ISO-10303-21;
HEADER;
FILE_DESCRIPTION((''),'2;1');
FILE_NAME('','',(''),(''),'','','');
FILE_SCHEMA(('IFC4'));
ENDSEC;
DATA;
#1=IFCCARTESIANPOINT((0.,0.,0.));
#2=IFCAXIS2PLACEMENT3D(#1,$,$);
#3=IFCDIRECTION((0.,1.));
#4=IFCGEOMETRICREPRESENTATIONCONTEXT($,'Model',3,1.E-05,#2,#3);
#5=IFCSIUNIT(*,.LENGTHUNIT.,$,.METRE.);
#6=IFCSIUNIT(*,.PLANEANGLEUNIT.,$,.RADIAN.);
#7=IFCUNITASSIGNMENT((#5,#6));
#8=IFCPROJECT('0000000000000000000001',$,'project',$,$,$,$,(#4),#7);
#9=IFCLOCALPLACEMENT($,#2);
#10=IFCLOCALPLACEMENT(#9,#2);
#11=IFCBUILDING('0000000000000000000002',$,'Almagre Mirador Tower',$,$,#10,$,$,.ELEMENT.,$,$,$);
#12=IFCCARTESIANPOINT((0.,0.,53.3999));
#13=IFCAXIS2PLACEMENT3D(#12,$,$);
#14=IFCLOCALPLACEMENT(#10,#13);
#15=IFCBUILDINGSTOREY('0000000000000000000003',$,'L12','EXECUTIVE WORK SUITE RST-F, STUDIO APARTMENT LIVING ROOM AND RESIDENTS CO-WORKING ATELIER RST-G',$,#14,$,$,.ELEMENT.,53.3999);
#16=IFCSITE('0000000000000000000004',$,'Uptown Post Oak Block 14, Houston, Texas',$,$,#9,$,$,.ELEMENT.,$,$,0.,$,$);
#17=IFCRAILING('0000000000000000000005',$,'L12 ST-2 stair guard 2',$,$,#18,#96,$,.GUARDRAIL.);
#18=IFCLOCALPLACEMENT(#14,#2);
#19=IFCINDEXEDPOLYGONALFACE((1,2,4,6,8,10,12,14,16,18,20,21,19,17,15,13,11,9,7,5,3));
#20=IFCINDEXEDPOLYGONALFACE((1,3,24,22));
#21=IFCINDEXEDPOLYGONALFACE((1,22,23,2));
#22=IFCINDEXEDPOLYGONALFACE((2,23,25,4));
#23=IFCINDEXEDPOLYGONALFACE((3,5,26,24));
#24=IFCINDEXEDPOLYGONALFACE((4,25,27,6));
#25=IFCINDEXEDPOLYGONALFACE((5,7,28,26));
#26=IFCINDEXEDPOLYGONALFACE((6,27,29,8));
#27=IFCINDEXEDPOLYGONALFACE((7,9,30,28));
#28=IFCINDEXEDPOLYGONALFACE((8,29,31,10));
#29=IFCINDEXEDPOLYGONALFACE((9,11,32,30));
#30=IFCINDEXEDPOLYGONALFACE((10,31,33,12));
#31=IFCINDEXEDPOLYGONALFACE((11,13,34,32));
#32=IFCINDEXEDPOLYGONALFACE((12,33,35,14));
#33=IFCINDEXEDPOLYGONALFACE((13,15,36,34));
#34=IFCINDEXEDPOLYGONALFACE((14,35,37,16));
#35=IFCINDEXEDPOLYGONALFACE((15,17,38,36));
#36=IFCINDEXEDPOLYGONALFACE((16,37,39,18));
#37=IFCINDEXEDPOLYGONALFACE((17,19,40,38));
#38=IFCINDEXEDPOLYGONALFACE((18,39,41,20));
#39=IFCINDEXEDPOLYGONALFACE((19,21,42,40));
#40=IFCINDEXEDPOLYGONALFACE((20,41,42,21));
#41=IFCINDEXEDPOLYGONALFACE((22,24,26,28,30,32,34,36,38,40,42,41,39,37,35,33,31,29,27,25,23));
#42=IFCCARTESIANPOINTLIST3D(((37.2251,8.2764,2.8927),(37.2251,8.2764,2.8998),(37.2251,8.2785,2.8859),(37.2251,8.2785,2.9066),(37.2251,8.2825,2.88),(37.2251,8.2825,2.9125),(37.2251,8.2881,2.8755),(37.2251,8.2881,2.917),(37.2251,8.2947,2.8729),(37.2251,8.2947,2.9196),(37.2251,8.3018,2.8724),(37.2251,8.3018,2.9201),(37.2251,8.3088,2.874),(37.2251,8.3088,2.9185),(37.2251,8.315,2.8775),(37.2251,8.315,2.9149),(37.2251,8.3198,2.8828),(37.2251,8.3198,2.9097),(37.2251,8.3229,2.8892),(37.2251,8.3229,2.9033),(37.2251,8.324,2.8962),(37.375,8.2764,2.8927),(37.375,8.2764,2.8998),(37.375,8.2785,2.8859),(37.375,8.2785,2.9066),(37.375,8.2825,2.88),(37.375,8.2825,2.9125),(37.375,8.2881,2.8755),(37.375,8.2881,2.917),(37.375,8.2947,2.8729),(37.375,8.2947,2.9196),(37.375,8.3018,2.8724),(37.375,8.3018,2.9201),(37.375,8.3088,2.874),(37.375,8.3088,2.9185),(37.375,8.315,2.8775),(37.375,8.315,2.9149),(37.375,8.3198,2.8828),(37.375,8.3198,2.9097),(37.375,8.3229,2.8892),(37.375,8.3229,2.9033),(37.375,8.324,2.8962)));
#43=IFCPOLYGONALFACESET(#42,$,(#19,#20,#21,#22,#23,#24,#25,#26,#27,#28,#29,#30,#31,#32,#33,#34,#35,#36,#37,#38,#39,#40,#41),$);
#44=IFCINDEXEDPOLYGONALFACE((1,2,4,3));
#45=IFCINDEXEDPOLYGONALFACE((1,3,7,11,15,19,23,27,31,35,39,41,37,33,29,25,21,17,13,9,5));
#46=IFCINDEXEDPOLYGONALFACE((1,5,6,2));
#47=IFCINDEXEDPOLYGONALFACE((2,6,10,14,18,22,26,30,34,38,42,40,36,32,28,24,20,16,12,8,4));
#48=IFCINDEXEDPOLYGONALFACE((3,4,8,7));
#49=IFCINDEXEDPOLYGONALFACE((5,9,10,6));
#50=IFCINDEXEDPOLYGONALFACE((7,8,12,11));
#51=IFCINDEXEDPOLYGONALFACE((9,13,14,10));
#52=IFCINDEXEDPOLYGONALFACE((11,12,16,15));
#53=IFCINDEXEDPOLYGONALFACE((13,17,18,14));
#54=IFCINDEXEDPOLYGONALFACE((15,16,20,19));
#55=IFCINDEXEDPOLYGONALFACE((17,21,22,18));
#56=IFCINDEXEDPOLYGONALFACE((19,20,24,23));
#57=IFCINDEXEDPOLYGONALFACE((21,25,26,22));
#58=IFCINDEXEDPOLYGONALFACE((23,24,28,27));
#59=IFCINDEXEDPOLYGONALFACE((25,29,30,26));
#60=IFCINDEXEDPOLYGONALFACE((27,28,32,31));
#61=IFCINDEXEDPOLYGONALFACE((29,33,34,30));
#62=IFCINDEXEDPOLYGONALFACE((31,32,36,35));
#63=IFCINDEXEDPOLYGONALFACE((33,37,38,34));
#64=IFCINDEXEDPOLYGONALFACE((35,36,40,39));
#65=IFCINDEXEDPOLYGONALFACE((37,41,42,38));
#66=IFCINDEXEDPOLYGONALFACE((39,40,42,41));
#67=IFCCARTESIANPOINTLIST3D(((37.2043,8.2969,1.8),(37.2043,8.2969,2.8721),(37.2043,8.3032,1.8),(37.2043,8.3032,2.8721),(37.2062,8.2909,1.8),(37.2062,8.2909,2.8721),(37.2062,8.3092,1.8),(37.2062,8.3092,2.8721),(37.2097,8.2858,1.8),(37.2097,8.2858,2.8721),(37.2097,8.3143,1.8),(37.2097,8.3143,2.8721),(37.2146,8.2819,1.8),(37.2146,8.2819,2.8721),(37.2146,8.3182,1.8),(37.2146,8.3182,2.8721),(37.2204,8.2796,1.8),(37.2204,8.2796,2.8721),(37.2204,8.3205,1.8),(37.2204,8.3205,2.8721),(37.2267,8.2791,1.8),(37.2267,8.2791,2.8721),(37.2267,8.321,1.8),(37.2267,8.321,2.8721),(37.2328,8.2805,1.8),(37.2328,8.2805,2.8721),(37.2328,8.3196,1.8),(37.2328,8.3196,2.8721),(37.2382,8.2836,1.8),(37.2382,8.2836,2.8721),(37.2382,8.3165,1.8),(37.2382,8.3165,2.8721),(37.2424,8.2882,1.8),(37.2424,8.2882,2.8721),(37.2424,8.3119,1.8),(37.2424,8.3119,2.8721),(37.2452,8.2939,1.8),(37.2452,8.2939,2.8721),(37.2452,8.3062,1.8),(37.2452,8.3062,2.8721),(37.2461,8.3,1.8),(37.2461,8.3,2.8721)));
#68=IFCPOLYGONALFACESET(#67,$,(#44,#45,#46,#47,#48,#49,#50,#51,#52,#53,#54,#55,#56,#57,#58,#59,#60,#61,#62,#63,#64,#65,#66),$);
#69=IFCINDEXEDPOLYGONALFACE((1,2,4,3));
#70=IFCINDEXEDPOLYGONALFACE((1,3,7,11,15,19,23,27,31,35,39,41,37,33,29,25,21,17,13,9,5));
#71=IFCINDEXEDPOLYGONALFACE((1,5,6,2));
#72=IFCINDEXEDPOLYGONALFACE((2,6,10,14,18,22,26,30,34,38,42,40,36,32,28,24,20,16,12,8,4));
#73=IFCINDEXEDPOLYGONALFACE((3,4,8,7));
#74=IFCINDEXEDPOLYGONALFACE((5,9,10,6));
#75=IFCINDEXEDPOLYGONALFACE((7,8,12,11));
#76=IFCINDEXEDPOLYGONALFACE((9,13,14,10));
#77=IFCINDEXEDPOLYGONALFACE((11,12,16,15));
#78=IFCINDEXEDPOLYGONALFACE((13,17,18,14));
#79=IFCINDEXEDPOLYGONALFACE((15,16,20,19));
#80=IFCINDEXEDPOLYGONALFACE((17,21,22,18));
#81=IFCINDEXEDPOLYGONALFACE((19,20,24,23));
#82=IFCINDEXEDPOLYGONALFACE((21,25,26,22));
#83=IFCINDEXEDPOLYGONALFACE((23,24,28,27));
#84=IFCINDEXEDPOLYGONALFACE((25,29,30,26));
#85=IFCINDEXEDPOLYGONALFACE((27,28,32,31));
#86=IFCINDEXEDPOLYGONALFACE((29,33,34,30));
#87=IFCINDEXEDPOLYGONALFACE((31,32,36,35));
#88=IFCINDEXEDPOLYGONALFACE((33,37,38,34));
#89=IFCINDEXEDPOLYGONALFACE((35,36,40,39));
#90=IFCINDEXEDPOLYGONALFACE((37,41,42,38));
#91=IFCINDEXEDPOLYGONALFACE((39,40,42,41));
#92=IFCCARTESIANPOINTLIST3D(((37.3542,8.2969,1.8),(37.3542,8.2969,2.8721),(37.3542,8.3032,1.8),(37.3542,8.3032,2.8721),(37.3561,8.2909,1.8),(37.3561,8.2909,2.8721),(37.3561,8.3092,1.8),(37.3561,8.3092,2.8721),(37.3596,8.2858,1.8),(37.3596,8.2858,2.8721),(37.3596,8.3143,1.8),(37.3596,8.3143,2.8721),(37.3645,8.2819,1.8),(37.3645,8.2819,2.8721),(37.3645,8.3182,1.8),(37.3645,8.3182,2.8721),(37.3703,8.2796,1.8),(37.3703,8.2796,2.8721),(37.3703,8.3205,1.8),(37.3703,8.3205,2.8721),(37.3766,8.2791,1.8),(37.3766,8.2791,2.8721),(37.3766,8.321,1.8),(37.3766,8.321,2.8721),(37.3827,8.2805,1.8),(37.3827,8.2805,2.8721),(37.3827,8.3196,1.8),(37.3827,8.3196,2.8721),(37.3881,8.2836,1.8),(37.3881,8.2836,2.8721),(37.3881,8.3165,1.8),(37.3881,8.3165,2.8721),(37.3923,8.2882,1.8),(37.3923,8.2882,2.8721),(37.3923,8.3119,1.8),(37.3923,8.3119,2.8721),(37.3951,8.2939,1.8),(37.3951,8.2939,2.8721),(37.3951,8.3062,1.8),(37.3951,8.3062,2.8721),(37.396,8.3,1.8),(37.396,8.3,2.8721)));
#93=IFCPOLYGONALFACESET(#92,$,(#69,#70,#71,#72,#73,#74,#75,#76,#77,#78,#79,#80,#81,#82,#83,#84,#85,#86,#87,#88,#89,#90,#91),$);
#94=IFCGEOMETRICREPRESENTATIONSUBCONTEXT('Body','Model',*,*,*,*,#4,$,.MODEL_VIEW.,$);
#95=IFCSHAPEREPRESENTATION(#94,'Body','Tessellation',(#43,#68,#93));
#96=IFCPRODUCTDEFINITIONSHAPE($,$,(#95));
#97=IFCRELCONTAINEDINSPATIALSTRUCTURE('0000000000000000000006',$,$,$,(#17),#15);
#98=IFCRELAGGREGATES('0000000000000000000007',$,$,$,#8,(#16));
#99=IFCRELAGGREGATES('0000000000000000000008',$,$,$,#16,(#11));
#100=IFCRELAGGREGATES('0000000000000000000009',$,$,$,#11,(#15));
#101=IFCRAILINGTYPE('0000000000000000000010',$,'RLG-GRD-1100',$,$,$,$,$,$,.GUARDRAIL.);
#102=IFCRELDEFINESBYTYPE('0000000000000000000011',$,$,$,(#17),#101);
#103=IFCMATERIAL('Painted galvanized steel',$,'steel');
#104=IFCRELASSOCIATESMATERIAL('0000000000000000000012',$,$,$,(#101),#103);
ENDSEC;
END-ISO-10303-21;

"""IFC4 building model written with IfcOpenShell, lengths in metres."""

from ifc_helpers import new_model, si_unit, direction, frame, origin, origin_2d, place, context, subcontext, project, spatial, circle, extrude, material, type_object, element, save


model = new_model("IFC4")

# Units and contexts
model_context = context("Model", 3, precision=1e-05, world=origin(), true_north=direction((0.0, 1.0)))
body_context = subcontext(model_context, "Body", "Model", "MODEL_VIEW")
ifc_project = project(units=[si_unit("LENGTHUNIT", "METRE"), si_unit("PLANEANGLEUNIT", "RADIAN")], contexts=[model_context])

# Site, building, storey
site_placement = place(None, origin())
site = spatial("IfcSite", under=ifc_project, at=site_placement, Name="Uptown Post Oak Block 14, Houston, Texas", CompositionType="ELEMENT", RefElevation=0.0)
building_placement = place(site_placement, origin())
building = spatial("IfcBuilding", under=site, at=building_placement, Name="Almagre Mirador Tower", CompositionType="ELEMENT")
storey_placement = place(building_placement, frame((0.0, 0.0, 53.3999)))
storey = spatial("IfcBuildingStorey", under=building, at=storey_placement, Name="L12", Description="EXECUTIVE WORK SUITE RST-F, STUDIO APARTMENT LIVING ROOM AND RESIDENTS CO-WORKING ATELIER RST-G", CompositionType="ELEMENT", Elevation=53.3999)

# Railing
ifc_material_1 = material(Name="Painted galvanized steel", Category="steel")
railing_type_1 = type_object("IfcRailingType", Name="RLG-GRD-1100", PredefinedType="GUARDRAIL", material=ifc_material_1)
railing_1_placement = place(storey_placement, frame((37.2251, 8.3, 1.8)))
element("IfcRailing", 1, at=railing_1_placement, inside=storey, type_object=railing_type_1, Name="L12 ST-2 stair guard 2", PredefinedType="GUARDRAIL", context=body_context, shape_type="SweptSolid", body=[
    extrude(circle(Radius=0.0239, at=origin_2d()), frame((0.0, 0.0, 1.0962), z_axis=(1.0, 0.0, 0.0), x_axis=(0.0, 1.0, 0.0)), (0.0, 0.0, 1.0), 0.1499),
    extrude(circle(Radius=0.021, at=origin_2d()), origin(), (0.0, 0.0, 1.0), 1.072),
    extrude(circle(Radius=0.021, at=origin_2d()), frame((0.1499, 0.0, 0.0)), (0.0, 0.0, 1.0), 1.072),
])

save(model, "model.ifc")
